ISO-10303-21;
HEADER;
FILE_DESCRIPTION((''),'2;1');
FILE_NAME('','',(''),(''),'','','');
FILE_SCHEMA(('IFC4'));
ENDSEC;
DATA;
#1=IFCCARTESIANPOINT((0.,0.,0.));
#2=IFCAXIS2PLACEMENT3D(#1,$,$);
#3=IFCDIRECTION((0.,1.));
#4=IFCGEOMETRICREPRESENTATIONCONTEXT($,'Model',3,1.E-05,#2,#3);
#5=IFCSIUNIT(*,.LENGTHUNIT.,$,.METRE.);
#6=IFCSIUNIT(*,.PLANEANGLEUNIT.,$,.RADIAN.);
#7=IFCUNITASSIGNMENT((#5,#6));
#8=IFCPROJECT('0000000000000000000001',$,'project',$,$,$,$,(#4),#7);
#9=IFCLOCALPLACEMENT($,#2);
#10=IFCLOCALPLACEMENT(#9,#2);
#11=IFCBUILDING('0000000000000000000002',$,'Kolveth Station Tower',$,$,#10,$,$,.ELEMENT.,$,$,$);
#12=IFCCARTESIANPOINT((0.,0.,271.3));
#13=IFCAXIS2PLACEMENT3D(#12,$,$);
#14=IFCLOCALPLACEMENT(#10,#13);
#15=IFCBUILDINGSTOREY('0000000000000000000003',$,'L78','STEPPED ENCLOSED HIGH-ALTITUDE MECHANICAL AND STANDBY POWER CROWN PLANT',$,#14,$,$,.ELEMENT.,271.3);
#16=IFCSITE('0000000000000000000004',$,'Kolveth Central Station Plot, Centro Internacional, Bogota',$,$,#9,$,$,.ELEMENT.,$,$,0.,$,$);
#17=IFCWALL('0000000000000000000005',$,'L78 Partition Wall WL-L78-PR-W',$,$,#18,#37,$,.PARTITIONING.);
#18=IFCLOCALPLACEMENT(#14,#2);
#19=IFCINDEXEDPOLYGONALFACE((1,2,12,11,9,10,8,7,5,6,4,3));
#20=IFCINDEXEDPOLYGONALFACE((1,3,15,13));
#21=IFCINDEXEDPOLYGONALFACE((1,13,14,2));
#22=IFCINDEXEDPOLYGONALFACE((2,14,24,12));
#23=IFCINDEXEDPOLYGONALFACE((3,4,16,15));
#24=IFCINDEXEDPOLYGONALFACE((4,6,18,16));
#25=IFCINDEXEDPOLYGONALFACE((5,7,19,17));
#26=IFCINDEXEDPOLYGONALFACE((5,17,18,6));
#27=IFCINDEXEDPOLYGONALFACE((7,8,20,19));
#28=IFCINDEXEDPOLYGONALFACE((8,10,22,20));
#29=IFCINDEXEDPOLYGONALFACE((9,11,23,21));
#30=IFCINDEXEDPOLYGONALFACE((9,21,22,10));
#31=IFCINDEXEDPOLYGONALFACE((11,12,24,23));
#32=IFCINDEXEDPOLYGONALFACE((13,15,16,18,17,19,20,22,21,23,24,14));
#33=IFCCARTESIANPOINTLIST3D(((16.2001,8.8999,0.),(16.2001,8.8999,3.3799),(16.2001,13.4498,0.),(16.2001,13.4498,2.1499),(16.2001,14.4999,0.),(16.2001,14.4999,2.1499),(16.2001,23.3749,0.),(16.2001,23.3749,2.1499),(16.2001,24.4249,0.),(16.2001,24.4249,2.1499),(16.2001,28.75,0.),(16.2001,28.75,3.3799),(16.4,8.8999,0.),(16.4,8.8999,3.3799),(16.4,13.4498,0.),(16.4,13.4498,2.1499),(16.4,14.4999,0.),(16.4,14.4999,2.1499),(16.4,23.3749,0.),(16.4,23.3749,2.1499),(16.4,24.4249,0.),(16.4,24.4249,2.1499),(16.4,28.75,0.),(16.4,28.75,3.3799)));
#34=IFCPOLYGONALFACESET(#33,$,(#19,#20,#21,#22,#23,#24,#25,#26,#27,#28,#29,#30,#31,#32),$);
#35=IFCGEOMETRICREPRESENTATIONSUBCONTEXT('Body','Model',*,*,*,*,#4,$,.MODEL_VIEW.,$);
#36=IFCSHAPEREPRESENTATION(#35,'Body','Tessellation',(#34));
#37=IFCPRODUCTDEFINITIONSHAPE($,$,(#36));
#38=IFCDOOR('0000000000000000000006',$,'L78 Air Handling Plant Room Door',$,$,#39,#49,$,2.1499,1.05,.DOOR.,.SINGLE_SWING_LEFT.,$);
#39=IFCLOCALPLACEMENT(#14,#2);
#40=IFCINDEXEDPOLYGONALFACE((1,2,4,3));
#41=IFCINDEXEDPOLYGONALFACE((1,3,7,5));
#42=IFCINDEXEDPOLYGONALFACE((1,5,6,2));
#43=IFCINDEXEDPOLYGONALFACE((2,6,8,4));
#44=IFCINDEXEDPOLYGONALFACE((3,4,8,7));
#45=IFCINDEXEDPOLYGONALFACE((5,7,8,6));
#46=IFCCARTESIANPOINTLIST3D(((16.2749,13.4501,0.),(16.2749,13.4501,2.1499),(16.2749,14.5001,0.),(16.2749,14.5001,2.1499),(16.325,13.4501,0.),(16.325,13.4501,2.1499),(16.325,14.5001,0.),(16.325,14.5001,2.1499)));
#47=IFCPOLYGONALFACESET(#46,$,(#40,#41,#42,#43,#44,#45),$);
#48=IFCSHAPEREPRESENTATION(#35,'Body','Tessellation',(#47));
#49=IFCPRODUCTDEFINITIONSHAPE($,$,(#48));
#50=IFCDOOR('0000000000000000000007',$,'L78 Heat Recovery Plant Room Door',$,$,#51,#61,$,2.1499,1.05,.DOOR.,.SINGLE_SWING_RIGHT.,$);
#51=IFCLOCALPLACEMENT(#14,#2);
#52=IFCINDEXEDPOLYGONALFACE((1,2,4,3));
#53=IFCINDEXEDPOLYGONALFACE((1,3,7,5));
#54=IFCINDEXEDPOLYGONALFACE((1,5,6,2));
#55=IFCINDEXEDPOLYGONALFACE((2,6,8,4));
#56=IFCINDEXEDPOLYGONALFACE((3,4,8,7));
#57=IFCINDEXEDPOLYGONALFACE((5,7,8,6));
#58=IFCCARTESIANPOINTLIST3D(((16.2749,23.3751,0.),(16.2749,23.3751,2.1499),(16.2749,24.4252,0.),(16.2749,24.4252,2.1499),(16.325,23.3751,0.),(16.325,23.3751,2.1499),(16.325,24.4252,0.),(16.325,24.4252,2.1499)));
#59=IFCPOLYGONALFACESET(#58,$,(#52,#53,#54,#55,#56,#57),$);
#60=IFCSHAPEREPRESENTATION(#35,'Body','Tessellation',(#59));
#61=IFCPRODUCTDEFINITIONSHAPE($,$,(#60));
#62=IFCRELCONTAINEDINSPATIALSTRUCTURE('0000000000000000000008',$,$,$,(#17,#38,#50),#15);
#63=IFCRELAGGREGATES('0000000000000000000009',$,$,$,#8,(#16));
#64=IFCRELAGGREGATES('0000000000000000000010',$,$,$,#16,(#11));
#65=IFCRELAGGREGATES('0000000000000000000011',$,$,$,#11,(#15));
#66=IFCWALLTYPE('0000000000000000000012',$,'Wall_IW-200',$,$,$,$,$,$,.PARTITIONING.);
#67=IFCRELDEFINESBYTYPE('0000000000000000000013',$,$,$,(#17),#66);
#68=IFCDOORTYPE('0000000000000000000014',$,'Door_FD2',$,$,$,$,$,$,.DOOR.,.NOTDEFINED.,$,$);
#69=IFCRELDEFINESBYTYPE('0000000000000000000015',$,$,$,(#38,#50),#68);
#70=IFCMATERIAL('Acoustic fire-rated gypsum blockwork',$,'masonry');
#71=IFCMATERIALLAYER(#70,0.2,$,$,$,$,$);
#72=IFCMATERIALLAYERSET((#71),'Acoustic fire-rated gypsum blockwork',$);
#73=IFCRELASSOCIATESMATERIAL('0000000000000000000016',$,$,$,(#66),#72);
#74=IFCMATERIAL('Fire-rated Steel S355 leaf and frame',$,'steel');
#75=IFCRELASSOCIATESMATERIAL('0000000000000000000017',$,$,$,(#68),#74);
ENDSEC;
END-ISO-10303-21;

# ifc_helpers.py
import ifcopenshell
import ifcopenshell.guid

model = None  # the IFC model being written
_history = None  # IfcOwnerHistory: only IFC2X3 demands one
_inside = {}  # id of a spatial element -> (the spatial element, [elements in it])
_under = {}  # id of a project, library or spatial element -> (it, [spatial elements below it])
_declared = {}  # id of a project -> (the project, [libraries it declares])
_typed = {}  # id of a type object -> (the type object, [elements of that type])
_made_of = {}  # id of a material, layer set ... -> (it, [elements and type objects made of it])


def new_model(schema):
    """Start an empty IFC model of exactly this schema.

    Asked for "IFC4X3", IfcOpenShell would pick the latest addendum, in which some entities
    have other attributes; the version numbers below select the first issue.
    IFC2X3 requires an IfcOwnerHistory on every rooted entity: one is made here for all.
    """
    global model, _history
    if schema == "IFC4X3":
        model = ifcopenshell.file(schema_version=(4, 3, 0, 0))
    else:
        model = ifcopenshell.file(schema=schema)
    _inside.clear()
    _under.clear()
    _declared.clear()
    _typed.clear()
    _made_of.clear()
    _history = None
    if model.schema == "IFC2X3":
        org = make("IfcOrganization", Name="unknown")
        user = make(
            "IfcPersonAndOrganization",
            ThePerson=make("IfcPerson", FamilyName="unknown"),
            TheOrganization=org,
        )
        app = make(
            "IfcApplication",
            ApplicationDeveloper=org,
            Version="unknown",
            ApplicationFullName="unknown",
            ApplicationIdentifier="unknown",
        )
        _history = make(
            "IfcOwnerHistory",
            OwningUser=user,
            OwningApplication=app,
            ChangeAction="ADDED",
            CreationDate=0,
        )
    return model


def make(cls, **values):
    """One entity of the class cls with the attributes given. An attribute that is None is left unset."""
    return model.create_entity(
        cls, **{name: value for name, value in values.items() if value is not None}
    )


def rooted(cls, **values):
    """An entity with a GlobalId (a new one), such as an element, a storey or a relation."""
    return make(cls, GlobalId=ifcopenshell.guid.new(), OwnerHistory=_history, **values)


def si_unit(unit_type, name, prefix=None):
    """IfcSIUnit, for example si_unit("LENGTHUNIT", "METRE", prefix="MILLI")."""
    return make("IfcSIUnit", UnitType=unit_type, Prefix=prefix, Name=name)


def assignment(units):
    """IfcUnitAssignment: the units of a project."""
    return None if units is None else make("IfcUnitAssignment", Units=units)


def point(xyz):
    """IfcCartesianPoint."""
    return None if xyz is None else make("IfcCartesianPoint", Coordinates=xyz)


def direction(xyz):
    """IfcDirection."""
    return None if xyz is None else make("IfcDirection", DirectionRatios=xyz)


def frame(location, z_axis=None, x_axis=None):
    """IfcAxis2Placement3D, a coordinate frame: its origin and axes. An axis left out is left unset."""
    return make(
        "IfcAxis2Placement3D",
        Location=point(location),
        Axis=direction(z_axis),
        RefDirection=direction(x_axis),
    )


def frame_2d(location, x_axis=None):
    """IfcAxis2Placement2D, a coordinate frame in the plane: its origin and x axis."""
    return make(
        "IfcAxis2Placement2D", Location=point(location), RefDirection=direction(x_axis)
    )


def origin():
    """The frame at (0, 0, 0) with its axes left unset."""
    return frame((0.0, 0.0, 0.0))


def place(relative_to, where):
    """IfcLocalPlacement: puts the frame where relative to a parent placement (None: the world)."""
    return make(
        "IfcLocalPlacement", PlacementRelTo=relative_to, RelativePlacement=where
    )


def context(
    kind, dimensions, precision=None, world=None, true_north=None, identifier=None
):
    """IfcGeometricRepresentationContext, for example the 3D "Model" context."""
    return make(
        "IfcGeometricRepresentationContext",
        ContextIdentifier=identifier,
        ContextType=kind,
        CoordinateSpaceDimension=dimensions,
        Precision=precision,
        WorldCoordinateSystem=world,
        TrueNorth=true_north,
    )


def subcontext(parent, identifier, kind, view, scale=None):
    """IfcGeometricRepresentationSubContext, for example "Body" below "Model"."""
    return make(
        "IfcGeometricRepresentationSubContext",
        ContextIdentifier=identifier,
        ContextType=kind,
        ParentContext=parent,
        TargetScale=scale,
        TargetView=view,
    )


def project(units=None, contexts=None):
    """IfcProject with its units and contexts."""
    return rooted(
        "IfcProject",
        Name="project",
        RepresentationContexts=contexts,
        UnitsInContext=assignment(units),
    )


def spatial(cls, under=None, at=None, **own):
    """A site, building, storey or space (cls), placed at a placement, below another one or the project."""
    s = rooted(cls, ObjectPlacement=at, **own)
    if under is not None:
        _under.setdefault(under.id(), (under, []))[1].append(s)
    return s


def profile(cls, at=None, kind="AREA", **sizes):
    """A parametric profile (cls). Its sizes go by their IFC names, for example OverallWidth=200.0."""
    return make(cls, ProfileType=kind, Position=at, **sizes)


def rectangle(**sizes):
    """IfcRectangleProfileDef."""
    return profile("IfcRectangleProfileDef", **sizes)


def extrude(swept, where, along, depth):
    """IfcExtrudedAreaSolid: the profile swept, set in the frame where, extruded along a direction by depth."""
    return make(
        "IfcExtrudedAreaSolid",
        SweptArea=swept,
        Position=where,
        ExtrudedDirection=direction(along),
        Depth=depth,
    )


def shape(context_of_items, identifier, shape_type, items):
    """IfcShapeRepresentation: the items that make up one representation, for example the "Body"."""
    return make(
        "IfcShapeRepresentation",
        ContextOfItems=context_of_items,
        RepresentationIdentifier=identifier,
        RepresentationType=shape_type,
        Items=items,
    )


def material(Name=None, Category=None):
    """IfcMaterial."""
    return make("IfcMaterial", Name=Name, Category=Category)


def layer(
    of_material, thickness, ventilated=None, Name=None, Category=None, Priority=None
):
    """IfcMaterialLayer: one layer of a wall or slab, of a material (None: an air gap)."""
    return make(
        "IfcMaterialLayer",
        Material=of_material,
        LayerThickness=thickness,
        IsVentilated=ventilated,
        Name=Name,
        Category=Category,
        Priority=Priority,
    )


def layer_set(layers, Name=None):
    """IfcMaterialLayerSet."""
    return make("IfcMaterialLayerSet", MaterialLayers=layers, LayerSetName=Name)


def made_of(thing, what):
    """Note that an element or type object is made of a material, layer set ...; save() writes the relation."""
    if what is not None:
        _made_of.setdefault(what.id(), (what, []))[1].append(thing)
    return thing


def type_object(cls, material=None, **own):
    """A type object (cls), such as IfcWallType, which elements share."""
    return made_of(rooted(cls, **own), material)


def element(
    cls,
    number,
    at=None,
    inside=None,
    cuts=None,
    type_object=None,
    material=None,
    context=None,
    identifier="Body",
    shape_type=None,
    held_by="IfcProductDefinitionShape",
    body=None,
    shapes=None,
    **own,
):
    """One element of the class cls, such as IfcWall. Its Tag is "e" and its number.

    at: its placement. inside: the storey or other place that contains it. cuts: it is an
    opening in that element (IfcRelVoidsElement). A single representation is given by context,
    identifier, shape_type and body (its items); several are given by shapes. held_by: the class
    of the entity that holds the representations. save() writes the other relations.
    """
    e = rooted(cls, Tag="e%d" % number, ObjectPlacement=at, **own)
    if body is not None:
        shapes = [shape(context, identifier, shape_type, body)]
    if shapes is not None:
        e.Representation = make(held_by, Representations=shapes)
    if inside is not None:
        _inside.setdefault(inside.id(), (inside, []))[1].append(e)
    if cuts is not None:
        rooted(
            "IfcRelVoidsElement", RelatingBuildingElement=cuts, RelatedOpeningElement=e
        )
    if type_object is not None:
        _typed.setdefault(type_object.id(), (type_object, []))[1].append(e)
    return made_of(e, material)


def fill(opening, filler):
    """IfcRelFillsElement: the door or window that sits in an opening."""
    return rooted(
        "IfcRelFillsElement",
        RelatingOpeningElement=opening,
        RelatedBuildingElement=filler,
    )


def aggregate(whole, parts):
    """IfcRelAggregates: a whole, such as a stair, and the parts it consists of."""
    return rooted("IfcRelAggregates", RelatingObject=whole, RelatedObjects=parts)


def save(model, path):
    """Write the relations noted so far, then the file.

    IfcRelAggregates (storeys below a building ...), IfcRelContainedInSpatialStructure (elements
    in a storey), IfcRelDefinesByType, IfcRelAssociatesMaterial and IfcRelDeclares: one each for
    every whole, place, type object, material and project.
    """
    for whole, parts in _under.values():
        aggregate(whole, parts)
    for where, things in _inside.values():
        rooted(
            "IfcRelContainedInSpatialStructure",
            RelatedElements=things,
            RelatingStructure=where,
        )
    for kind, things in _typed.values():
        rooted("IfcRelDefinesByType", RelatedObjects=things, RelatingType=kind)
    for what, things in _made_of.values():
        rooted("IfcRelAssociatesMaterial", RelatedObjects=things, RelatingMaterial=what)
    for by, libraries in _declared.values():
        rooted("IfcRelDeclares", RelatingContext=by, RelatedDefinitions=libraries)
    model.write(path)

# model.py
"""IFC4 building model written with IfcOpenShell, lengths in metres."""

from ifc_helpers import new_model, si_unit, direction, frame, frame_2d, origin, place, context, subcontext, project, spatial, rectangle, extrude, material, layer, layer_set, type_object, element, fill, save


model = new_model("IFC4")

# Units and contexts
model_context = context("Model", 3, precision=1e-05, world=origin(), true_north=direction((0.0, 1.0)))
body_context = subcontext(model_context, "Body", "Model", "MODEL_VIEW")
ifc_project = project(units=[si_unit("LENGTHUNIT", "METRE"), si_unit("PLANEANGLEUNIT", "RADIAN")], contexts=[model_context])

# Site, building, storey
site_placement = place(None, origin())
site = spatial("IfcSite", under=ifc_project, at=site_placement, Name="Kolveth Central Station Plot, Centro Internacional, Bogota", CompositionType="ELEMENT", RefElevation=0.0)
building_placement = place(site_placement, origin())
building = spatial("IfcBuilding", under=site, at=building_placement, Name="Kolveth Station Tower", CompositionType="ELEMENT")
storey_placement = place(building_placement, frame((0.0, 0.0, 271.3)))
storey = spatial("IfcBuildingStorey", under=building, at=storey_placement, Name="L78", Description="STEPPED ENCLOSED HIGH-ALTITUDE MECHANICAL AND STANDBY POWER CROWN PLANT", CompositionType="ELEMENT", Elevation=271.3)

# Shared definitions
ifc_material_1 = material(Name="Fire-rated Steel S355 leaf and frame", Category="steel")

# Shared definitions
ifc_material_2 = material(Name="Acoustic fire-rated gypsum blockwork", Category="masonry")
ifc_layer_1 = layer(ifc_material_2, 0.2)
ifc_layer_set_1 = layer_set([ifc_layer_1], Name="Acoustic fire-rated gypsum blockwork")
wall_type_1 = type_object("IfcWallType", Name="Wall_IW-200", PredefinedType="PARTITIONING", material=ifc_layer_set_1)

# Wall, openings, doors
wall_1_placement = place(storey_placement, frame((16.3, 8.8999, 0.0), z_axis=(0.0, 0.0, 1.0), x_axis=(0.0, 1.0, 0.0)))
wall_1 = element("IfcWall", 1, at=wall_1_placement, inside=storey, type_object=wall_type_1, Name="L78 Partition Wall WL-L78-PR-W", PredefinedType="PARTITIONING", context=body_context, shape_type="SweptSolid", body=[
    extrude(rectangle(XDim=19.8501, YDim=0.2, at=frame_2d((9.925, 0.0))), origin(), (0.0, 0.0, 1.0), 3.3799),
])
opening_1_placement = place(wall_1_placement, frame((4.55, 0.0, 0.0)))
opening_1 = element("IfcOpeningElement", 2, at=opening_1_placement, cuts=wall_1, PredefinedType="OPENING", context=body_context, shape_type="SweptSolid", body=[
    extrude(rectangle(XDim=1.05, YDim=2.1499, at=frame_2d((0.5249, 1.075))), frame((0.0, 0.1099, 0.0), z_axis=(0.0, -1.0, 0.0), x_axis=(1.0, 0.0, 0.0)), (0.0, 0.0, 1.0), 0.22),
])
opening_2_placement = place(wall_1_placement, frame((14.4751, 0.0, 0.0)))
opening_2 = element("IfcOpeningElement", 3, at=opening_2_placement, cuts=wall_1, PredefinedType="OPENING", context=body_context, shape_type="SweptSolid", body=[
    extrude(rectangle(XDim=1.05, YDim=2.1499, at=frame_2d((0.5249, 1.075))), frame((0.0, 0.1099, 0.0), z_axis=(0.0, -1.0, 0.0), x_axis=(1.0, 0.0, 0.0)), (0.0, 0.0, 1.0), 0.22),
])
door_type_1 = type_object("IfcDoorType", Name="Door_FD2", OperationType="NOTDEFINED", PredefinedType="DOOR", material=ifc_material_1)
door_1_placement = place(opening_1_placement, frame((1.05, 0.0, 0.0), z_axis=(0.0, 0.0, 1.0), x_axis=(-1.0, 0.0, 0.0)))
door_1 = element("IfcDoor", 4, at=door_1_placement, inside=storey, type_object=door_type_1, Name="L78 Air Handling Plant Room Door", OperationType="SINGLE_SWING_LEFT", OverallHeight=2.1499, OverallWidth=1.05, PredefinedType="DOOR", context=body_context, shape_type="SweptSolid", body=[
    extrude(rectangle(XDim=1.05, YDim=2.1499, at=frame_2d((0.5249, 1.075))), frame((0.0, 0.0249, 0.0), z_axis=(0.0, -1.0, 0.0), x_axis=(1.0, 0.0, 0.0)), (0.0, 0.0, 1.0), 0.05),
])
fill(opening_1, door_1)
door_2_placement = place(opening_2_placement, frame((1.05, 0.0, 0.0), z_axis=(0.0, 0.0, 1.0), x_axis=(-1.0, 0.0, 0.0)))
door_2 = element("IfcDoor", 5, at=door_2_placement, inside=storey, type_object=door_type_1, Name="L78 Heat Recovery Plant Room Door", OperationType="SINGLE_SWING_RIGHT", OverallHeight=2.1499, OverallWidth=1.05, PredefinedType="DOOR", context=body_context, shape_type="SweptSolid", body=[
    extrude(rectangle(XDim=1.05, YDim=2.1499, at=frame_2d((0.5249, 1.075))), frame((0.0, 0.0249, 0.0), z_axis=(0.0, -1.0, 0.0), x_axis=(1.0, 0.0, 0.0)), (0.0, 0.0, 1.0), 0.05),
])
fill(opening_2, door_2)

save(model, "model.ifc")
